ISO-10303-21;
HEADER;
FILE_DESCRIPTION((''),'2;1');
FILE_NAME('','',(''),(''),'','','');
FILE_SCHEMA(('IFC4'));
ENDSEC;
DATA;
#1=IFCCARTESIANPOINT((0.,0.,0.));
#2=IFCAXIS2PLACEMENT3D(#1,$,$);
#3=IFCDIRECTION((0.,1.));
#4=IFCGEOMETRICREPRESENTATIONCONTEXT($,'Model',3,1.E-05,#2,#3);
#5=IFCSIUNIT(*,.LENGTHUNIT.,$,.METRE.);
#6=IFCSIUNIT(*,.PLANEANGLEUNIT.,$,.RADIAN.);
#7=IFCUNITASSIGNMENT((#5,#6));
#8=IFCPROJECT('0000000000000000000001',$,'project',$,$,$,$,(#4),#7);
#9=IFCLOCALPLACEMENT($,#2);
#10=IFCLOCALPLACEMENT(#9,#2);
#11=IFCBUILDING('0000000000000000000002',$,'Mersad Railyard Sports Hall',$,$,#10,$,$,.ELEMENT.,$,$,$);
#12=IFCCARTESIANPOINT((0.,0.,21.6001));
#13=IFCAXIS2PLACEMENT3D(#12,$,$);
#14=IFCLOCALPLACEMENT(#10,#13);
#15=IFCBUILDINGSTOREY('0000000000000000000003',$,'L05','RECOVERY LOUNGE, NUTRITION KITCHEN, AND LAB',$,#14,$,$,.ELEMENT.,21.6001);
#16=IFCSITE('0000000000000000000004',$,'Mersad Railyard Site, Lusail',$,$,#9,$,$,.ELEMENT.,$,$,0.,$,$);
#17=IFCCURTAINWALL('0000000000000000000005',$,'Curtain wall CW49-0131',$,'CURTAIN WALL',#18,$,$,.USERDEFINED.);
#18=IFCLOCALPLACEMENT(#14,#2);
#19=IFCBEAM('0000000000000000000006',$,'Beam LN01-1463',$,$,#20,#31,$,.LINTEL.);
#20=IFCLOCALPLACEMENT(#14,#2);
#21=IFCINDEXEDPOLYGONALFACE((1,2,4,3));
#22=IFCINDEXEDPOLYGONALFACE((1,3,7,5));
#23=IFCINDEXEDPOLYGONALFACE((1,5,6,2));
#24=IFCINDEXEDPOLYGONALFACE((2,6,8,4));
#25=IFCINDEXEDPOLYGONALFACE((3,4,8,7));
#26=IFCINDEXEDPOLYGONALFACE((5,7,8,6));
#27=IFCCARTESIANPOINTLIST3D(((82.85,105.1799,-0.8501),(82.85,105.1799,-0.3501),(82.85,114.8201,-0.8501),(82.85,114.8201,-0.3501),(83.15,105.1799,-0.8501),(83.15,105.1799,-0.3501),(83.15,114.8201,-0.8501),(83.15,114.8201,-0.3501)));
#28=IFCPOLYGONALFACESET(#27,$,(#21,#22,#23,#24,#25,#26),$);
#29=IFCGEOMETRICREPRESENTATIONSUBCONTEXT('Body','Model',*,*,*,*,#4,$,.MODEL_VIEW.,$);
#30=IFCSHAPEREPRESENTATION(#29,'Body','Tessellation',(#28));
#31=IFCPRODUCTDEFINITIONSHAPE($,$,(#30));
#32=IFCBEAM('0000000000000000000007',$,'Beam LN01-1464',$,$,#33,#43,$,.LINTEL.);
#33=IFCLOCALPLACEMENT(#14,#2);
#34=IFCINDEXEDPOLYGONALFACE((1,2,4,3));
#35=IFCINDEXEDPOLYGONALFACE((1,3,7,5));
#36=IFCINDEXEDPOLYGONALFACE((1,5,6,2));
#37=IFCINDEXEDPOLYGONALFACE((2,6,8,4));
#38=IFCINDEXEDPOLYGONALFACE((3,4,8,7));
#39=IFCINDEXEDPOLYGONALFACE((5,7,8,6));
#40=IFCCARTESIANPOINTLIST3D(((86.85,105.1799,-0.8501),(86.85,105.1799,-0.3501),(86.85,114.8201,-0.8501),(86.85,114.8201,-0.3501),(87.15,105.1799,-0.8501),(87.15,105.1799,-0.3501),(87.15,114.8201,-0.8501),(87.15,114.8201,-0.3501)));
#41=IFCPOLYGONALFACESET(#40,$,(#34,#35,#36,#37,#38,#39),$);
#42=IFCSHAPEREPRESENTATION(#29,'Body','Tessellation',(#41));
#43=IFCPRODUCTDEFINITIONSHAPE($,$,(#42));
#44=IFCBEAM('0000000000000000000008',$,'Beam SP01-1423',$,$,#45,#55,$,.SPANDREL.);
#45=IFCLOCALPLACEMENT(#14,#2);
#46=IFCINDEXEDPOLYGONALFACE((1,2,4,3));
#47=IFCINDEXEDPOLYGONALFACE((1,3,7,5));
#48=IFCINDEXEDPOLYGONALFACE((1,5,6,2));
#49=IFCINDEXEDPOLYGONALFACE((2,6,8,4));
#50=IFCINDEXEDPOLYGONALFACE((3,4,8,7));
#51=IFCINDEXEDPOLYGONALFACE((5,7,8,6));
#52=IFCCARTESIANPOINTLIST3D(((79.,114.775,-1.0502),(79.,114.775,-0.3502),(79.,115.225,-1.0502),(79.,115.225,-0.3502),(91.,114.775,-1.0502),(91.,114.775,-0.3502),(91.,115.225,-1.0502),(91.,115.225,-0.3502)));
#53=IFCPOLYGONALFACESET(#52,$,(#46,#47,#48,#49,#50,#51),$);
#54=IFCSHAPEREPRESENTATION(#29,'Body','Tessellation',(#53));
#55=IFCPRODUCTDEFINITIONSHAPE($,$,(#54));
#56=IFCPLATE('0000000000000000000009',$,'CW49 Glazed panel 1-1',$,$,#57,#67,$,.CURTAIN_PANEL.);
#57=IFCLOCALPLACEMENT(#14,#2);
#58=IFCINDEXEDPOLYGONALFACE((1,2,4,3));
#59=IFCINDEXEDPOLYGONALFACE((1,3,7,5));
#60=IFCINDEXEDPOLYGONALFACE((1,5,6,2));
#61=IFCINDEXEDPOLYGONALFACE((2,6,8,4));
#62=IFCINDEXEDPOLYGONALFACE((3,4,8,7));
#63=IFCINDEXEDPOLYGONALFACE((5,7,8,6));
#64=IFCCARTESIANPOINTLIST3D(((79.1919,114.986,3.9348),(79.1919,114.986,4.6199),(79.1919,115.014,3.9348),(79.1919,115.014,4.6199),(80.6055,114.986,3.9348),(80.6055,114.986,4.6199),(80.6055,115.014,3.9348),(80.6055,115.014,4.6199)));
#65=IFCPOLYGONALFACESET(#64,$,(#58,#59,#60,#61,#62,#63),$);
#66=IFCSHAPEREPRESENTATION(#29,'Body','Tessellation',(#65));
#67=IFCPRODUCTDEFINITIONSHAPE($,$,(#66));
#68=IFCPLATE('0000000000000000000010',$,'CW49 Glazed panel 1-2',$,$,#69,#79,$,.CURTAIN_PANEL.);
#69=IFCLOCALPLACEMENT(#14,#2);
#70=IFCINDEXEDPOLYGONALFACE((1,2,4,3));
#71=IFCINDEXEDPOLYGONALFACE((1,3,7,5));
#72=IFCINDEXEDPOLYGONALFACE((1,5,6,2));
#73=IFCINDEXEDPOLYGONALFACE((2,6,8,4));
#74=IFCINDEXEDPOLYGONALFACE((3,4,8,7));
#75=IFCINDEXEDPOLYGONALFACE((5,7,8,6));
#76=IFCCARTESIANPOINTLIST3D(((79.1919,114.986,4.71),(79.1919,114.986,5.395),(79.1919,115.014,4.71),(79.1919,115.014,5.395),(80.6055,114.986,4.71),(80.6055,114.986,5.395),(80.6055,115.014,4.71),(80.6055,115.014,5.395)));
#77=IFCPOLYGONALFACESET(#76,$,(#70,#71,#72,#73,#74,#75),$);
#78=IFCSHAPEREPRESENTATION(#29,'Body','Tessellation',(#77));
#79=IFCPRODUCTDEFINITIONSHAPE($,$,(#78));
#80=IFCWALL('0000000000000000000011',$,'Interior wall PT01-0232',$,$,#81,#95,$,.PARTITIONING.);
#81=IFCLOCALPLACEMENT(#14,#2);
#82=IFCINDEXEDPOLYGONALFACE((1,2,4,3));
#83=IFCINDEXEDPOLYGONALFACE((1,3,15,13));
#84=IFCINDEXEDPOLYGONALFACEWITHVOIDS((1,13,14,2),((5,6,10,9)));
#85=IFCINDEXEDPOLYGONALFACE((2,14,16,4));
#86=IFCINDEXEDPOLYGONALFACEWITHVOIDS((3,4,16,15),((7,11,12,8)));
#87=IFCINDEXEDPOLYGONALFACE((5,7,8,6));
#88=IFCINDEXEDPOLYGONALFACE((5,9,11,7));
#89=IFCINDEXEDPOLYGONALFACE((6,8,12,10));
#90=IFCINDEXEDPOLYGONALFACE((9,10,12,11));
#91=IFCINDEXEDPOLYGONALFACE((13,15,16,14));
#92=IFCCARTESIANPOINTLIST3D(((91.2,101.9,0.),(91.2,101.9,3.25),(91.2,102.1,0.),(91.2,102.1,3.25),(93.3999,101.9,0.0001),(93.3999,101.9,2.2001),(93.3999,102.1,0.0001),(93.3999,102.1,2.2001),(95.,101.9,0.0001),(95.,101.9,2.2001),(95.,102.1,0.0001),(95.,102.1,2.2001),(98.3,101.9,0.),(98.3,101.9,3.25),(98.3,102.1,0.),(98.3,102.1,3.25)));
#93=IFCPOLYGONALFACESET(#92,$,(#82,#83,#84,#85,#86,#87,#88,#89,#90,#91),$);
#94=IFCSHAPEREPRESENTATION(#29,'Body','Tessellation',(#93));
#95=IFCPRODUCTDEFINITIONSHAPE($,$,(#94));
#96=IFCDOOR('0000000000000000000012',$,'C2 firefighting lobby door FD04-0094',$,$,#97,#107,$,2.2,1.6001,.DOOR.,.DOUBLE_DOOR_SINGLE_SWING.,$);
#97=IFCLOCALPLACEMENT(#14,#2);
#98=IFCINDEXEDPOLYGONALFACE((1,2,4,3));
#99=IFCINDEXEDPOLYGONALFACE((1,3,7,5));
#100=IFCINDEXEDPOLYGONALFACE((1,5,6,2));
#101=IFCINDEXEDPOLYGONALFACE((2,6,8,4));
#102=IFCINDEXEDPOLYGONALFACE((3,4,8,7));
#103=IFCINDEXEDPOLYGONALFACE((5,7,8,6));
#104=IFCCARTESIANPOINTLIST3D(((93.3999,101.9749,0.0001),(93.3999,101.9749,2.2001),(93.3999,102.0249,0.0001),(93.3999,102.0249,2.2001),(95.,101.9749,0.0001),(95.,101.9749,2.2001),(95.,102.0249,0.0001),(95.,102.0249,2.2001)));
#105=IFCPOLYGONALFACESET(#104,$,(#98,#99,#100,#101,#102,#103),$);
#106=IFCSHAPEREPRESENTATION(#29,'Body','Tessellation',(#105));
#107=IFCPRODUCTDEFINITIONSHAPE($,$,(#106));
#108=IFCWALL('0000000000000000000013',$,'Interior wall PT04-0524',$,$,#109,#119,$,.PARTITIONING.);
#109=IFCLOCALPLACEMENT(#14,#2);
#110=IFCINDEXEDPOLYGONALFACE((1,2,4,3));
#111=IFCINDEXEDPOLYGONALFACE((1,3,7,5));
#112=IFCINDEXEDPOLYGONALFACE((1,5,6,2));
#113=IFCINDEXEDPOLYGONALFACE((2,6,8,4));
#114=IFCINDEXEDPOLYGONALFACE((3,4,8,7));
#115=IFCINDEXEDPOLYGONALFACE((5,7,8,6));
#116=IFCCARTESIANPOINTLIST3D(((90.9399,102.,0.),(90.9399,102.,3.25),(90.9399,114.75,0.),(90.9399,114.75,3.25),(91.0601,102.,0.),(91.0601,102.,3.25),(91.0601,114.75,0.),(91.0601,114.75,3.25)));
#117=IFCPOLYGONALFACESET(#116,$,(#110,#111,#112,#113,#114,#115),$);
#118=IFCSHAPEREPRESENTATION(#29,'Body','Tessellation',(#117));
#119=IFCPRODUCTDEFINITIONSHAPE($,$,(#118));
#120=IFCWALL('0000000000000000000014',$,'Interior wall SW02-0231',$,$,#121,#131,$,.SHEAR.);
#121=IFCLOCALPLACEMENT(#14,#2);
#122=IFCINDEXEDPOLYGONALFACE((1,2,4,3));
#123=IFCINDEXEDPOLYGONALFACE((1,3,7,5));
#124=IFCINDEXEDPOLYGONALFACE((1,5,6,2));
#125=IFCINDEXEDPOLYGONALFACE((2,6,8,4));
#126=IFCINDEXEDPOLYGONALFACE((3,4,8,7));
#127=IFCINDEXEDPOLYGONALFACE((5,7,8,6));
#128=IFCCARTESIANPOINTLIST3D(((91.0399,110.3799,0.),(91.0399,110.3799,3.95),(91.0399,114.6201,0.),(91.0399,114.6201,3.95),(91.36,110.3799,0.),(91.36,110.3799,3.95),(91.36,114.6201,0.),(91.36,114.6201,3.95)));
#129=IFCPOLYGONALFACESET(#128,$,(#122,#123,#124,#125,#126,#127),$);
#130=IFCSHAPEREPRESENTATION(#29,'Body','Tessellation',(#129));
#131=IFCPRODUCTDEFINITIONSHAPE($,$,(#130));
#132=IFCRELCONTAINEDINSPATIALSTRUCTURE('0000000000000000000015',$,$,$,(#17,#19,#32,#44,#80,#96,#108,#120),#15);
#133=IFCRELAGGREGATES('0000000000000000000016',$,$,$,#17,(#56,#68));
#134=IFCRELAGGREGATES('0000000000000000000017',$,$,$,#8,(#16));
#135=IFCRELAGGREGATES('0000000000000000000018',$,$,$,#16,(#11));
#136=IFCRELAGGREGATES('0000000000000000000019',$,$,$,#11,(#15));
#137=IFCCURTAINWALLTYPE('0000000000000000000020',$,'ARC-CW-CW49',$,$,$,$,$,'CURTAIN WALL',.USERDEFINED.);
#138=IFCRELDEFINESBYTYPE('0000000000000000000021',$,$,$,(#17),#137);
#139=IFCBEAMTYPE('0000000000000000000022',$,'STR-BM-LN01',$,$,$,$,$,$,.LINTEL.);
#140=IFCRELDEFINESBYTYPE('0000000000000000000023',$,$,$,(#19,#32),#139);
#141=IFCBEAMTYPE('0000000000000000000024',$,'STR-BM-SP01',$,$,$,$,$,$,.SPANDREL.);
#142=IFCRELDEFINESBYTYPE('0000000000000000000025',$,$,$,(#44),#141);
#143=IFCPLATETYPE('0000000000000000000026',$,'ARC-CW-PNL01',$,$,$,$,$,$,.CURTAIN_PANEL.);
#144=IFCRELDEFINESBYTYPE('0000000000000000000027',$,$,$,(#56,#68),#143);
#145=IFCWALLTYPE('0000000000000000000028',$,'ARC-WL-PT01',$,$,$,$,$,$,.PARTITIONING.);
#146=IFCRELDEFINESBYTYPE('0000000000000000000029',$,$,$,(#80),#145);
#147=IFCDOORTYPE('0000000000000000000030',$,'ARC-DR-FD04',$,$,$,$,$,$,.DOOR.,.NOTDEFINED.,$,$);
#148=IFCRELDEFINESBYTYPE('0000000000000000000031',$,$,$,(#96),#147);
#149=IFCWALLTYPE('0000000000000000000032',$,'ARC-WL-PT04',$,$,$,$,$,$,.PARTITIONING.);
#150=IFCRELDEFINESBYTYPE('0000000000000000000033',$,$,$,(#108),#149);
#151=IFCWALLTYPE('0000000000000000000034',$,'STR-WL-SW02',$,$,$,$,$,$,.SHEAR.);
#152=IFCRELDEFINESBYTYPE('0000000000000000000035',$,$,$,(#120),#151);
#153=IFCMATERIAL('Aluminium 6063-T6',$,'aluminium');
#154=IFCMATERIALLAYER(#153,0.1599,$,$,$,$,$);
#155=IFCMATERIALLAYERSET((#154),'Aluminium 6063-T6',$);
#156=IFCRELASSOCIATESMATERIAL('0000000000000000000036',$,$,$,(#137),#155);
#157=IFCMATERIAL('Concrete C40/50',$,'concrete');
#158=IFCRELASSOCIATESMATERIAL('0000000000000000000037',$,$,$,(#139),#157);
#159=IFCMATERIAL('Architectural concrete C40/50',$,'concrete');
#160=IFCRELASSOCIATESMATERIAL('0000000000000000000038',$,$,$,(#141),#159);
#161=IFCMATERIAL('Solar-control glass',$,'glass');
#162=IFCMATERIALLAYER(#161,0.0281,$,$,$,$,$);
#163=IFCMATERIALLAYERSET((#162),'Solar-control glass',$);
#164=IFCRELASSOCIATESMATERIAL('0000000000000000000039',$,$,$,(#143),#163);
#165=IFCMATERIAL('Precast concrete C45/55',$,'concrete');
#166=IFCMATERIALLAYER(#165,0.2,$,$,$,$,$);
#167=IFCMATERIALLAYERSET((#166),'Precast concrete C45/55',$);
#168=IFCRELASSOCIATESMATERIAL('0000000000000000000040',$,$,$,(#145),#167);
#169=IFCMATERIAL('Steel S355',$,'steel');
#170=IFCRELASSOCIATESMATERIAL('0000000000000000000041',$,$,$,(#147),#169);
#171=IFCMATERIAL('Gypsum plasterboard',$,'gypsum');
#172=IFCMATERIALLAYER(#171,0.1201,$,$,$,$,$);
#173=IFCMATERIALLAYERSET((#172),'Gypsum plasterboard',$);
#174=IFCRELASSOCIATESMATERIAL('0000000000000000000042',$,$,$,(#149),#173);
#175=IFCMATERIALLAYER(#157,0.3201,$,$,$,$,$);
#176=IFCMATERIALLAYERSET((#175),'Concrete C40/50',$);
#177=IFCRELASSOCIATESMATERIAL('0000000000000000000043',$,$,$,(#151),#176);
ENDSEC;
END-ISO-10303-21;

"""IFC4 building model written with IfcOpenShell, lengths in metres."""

from ifc_helpers import new_model, si_unit, direction, frame, frame_2d, origin, origin_2d, place, context, subcontext, project, spatial, rectangle, extrude, material, layer, layer_set, material_profile, profile_set, type_object, element, fill, aggregate, save


model = new_model("IFC4")

# Units and contexts
model_context = context("Model", 3, precision=1e-05, world=origin(), true_north=direction((0.0, 1.0)))
body_context = subcontext(model_context, "Body", "Model", "MODEL_VIEW")
ifc_project = project(units=[si_unit("LENGTHUNIT", "METRE"), si_unit("PLANEANGLEUNIT", "RADIAN")], contexts=[model_context])

# Site, building, storey
site_placement = place(None, origin())
site = spatial("IfcSite", under=ifc_project, at=site_placement, Name="Mersad Railyard Site, Lusail", CompositionType="ELEMENT", RefElevation=0.0)
building_placement = place(site_placement, origin())
building = spatial("IfcBuilding", under=site, at=building_placement, Name="Mersad Railyard Sports Hall", CompositionType="ELEMENT")
storey_placement = place(building_placement, frame((0.0, 0.0, 21.6001)))
storey = spatial("IfcBuildingStorey", under=building, at=storey_placement, Name="L05", Description="RECOVERY LOUNGE, NUTRITION KITCHEN, AND LAB", CompositionType="ELEMENT", Elevation=21.6001)

# Shared definitions
ifc_material_1 = material(Name="Concrete C40/50", Category="concrete")

# Curtain wall
ifc_material_2 = material(Name="Aluminium 6063-T6", Category="aluminium")
ifc_layer_1 = layer(ifc_material_2, 0.1599)
ifc_layer_set_1 = layer_set([ifc_layer_1], Name="Aluminium 6063-T6")
curtain_wall_type = type_object("IfcCurtainWallType", Name="ARC-CW-CW49", ElementType="CURTAIN WALL", PredefinedType="USERDEFINED", material=ifc_layer_set_1)
curtain_wall_placement = place(storey_placement, origin())
curtain_wall = element("IfcCurtainWall", 1, at=curtain_wall_placement, inside=storey, type_object=curtain_wall_type, Name="Curtain wall CW49-0131", ObjectType="CURTAIN WALL", PredefinedType="USERDEFINED")

# Beams
ifc_material_profile_1 = material_profile(ifc_material_1, rectangle(XDim=0.3, YDim=0.5, at=origin_2d()), Name="RC 300x500")
ifc_profile_set_1 = profile_set([ifc_material_profile_1], Name="Concrete C40/50")
beam_type_1 = type_object("IfcBeamType", Name="STR-BM-LN01", PredefinedType="LINTEL", material=ifc_profile_set_1)
for number, where, z_axis, x_axis, name in (
    (2, (83.0, 105.1799, -0.6001), (0.0, 1.0, 0.0), (-1.0, 0.0, 0.0), "Beam LN01-1463"),
    (3, (87.0, 105.1799, -0.6001), (0.0, 1.0, 0.0), (-1.0, 0.0, 0.0), "Beam LN01-1464"),
):
    element("IfcBeam", number, at=place(storey_placement, frame(where, z_axis=z_axis, x_axis=x_axis)), inside=storey, type_object=beam_type_1, Name=name, PredefinedType="LINTEL", context=body_context, shape_type="SweptSolid", body=[
        extrude(rectangle(XDim=0.3, YDim=0.5, at=origin_2d()), origin(), (0.0, 0.0, 1.0), 9.6401),
    ])
ifc_material_3 = material(Name="Architectural concrete C40/50", Category="concrete")
ifc_material_profile_2 = material_profile(ifc_material_3, rectangle(XDim=0.45, YDim=0.7, at=origin_2d()), Name="RC 450x700")
ifc_profile_set_2 = profile_set([ifc_material_profile_2], Name="Architectural concrete C40/50")
beam_type_2 = type_object("IfcBeamType", Name="STR-BM-SP01", PredefinedType="SPANDREL", material=ifc_profile_set_2)
beam_placement = place(storey_placement, frame((79.0, 115.0, -0.7002), z_axis=(1.0, 0.0, 0.0), x_axis=(0.0, 1.0, 0.0)))
element("IfcBeam", 4, at=beam_placement, inside=storey, type_object=beam_type_2, Name="Beam SP01-1423", PredefinedType="SPANDREL", context=body_context, shape_type="SweptSolid", body=[
    extrude(rectangle(XDim=0.45, YDim=0.7, at=origin_2d()), origin(), (0.0, 0.0, 1.0), 12.0),
])

# Plates
ifc_material_4 = material(Name="Solar-control glass", Category="glass")
ifc_layer_2 = layer(ifc_material_4, 0.0281)
ifc_layer_set_2 = layer_set([ifc_layer_2], Name="Solar-control glass")
plate_type = type_object("IfcPlateType", Name="ARC-CW-PNL01", PredefinedType="CURTAIN_PANEL", material=ifc_layer_set_2)
plate_1_placement = place(storey_placement, frame((79.8987, 115.0, 3.9348), z_axis=(0.0, 0.0, 1.0), x_axis=(1.0, 0.0, 0.0)))
plate_1 = element("IfcPlate", 5, at=plate_1_placement, type_object=plate_type, Name="CW49 Glazed panel 1-1", PredefinedType="CURTAIN_PANEL", context=body_context, shape_type="SweptSolid", body=[
    extrude(rectangle(XDim=1.4136, YDim=0.0281, at=origin_2d()), origin(), (0.0, 0.0, 1.0), 0.6851),
])
plate_2_placement = place(storey_placement, frame((79.8987, 115.0, 4.71), z_axis=(0.0, 0.0, 1.0), x_axis=(1.0, 0.0, 0.0)))
plate_2 = element("IfcPlate", 6, at=plate_2_placement, type_object=plate_type, Name="CW49 Glazed panel 1-2", PredefinedType="CURTAIN_PANEL", context=body_context, shape_type="SweptSolid", body=[
    extrude(rectangle(XDim=1.4136, YDim=0.0281, at=origin_2d()), origin(), (0.0, 0.0, 1.0), 0.6851),
])
aggregate(curtain_wall, [plate_1, plate_2])

# Wall, opening, door
ifc_material_5 = material(Name="Precast concrete C45/55", Category="concrete")
ifc_layer_3 = layer(ifc_material_5, 0.2)
ifc_layer_set_3 = layer_set([ifc_layer_3], Name="Precast concrete C45/55")
wall_type_1 = type_object("IfcWallType", Name="ARC-WL-PT01", PredefinedType="PARTITIONING", material=ifc_layer_set_3)
wall_1_placement = place(storey_placement, frame((91.2, 102.0, 0.0), z_axis=(0.0, 0.0, 1.0), x_axis=(1.0, 0.0, 0.0)))
wall_1 = element("IfcWall", 7, at=wall_1_placement, inside=storey, type_object=wall_type_1, Name="Interior wall PT01-0232", PredefinedType="PARTITIONING", context=body_context, shape_type="SweptSolid", body=[
    extrude(rectangle(XDim=7.1001, YDim=0.2, at=frame_2d((3.55, 0.0))), origin(), (0.0, 0.0, 1.0), 3.25),
])
opening_1_placement = place(wall_1_placement, frame((2.2, 0.0, 0.0)))
opening_1 = element("IfcOpeningElement", 8, at=opening_1_placement, cuts=wall_1, PredefinedType="OPENING", context=body_context, shape_type="SweptSolid", body=[
    extrude(rectangle(XDim=1.6001, YDim=2.2, at=frame_2d((0.8, 1.1001))), frame((0.0, 0.1099, 0.0), z_axis=(0.0, -1.0, 0.0), x_axis=(1.0, 0.0, 0.0)), (0.0, 0.0, 1.0), 0.22),
])
ifc_material_6 = material(Name="Steel S355", Category="steel")
door_type_1 = type_object("IfcDoorType", Name="ARC-DR-FD04", OperationType="NOTDEFINED", PredefinedType="DOOR", material=ifc_material_6)
door_1_placement = place(opening_1_placement, origin())
door_1 = element("IfcDoor", 9, at=door_1_placement, inside=storey, type_object=door_type_1, Name="C2 firefighting lobby door FD04-0094", OperationType="DOUBLE_DOOR_SINGLE_SWING", OverallHeight=2.2, OverallWidth=1.6001, PredefinedType="DOOR", context=body_context, shape_type="SweptSolid", body=[
    extrude(rectangle(XDim=1.6001, YDim=2.2, at=frame_2d((0.8, 1.1001))), frame((0.0, 0.0249, 0.0), z_axis=(0.0, -1.0, 0.0), x_axis=(1.0, 0.0, 0.0)), (0.0, 0.0, 1.0), 0.05),
])
fill(opening_1, door_1)

# Wall
ifc_material_7 = material(Name="Gypsum plasterboard", Category="gypsum")
ifc_layer_4 = layer(ifc_material_7, 0.1201)
ifc_layer_set_4 = layer_set([ifc_layer_4], Name="Gypsum plasterboard")
wall_type_2 = type_object("IfcWallType", Name="ARC-WL-PT04", PredefinedType="PARTITIONING", material=ifc_layer_set_4)
wall_2_placement = place(storey_placement, frame((91.0, 102.0, 0.0), z_axis=(0.0, 0.0, 1.0), x_axis=(0.0, 1.0, 0.0)))
element("IfcWall", 10, at=wall_2_placement, inside=storey, type_object=wall_type_2, Name="Interior wall PT04-0524", PredefinedType="PARTITIONING", context=body_context, shape_type="SweptSolid", body=[
    extrude(rectangle(XDim=12.75, YDim=0.1201, at=frame_2d((6.375, 0.0))), origin(), (0.0, 0.0, 1.0), 3.25),
])

# Shared definitions
ifc_layer_5 = layer(ifc_material_1, 0.3201)
ifc_layer_set_5 = layer_set([ifc_layer_5], Name="Concrete C40/50")
wall_type_3 = type_object("IfcWallType", Name="STR-WL-SW02", PredefinedType="SHEAR", material=ifc_layer_set_5)

# Wall
wall_3_placement = place(storey_placement, frame((91.2, 114.6201, 0.0), z_axis=(0.0, 0.0, 1.0), x_axis=(0.0, -1.0, 0.0)))
element("IfcWall", 11, at=wall_3_placement, inside=storey, type_object=wall_type_3, Name="Interior wall SW02-0231", PredefinedType="SHEAR", context=body_context, shape_type="SweptSolid", body=[
    extrude(rectangle(XDim=4.2402, YDim=0.3201, at=frame_2d((2.1201, 0.0))), origin(), (0.0, 0.0, 1.0), 3.95),
])

save(model, "model.ifc")
